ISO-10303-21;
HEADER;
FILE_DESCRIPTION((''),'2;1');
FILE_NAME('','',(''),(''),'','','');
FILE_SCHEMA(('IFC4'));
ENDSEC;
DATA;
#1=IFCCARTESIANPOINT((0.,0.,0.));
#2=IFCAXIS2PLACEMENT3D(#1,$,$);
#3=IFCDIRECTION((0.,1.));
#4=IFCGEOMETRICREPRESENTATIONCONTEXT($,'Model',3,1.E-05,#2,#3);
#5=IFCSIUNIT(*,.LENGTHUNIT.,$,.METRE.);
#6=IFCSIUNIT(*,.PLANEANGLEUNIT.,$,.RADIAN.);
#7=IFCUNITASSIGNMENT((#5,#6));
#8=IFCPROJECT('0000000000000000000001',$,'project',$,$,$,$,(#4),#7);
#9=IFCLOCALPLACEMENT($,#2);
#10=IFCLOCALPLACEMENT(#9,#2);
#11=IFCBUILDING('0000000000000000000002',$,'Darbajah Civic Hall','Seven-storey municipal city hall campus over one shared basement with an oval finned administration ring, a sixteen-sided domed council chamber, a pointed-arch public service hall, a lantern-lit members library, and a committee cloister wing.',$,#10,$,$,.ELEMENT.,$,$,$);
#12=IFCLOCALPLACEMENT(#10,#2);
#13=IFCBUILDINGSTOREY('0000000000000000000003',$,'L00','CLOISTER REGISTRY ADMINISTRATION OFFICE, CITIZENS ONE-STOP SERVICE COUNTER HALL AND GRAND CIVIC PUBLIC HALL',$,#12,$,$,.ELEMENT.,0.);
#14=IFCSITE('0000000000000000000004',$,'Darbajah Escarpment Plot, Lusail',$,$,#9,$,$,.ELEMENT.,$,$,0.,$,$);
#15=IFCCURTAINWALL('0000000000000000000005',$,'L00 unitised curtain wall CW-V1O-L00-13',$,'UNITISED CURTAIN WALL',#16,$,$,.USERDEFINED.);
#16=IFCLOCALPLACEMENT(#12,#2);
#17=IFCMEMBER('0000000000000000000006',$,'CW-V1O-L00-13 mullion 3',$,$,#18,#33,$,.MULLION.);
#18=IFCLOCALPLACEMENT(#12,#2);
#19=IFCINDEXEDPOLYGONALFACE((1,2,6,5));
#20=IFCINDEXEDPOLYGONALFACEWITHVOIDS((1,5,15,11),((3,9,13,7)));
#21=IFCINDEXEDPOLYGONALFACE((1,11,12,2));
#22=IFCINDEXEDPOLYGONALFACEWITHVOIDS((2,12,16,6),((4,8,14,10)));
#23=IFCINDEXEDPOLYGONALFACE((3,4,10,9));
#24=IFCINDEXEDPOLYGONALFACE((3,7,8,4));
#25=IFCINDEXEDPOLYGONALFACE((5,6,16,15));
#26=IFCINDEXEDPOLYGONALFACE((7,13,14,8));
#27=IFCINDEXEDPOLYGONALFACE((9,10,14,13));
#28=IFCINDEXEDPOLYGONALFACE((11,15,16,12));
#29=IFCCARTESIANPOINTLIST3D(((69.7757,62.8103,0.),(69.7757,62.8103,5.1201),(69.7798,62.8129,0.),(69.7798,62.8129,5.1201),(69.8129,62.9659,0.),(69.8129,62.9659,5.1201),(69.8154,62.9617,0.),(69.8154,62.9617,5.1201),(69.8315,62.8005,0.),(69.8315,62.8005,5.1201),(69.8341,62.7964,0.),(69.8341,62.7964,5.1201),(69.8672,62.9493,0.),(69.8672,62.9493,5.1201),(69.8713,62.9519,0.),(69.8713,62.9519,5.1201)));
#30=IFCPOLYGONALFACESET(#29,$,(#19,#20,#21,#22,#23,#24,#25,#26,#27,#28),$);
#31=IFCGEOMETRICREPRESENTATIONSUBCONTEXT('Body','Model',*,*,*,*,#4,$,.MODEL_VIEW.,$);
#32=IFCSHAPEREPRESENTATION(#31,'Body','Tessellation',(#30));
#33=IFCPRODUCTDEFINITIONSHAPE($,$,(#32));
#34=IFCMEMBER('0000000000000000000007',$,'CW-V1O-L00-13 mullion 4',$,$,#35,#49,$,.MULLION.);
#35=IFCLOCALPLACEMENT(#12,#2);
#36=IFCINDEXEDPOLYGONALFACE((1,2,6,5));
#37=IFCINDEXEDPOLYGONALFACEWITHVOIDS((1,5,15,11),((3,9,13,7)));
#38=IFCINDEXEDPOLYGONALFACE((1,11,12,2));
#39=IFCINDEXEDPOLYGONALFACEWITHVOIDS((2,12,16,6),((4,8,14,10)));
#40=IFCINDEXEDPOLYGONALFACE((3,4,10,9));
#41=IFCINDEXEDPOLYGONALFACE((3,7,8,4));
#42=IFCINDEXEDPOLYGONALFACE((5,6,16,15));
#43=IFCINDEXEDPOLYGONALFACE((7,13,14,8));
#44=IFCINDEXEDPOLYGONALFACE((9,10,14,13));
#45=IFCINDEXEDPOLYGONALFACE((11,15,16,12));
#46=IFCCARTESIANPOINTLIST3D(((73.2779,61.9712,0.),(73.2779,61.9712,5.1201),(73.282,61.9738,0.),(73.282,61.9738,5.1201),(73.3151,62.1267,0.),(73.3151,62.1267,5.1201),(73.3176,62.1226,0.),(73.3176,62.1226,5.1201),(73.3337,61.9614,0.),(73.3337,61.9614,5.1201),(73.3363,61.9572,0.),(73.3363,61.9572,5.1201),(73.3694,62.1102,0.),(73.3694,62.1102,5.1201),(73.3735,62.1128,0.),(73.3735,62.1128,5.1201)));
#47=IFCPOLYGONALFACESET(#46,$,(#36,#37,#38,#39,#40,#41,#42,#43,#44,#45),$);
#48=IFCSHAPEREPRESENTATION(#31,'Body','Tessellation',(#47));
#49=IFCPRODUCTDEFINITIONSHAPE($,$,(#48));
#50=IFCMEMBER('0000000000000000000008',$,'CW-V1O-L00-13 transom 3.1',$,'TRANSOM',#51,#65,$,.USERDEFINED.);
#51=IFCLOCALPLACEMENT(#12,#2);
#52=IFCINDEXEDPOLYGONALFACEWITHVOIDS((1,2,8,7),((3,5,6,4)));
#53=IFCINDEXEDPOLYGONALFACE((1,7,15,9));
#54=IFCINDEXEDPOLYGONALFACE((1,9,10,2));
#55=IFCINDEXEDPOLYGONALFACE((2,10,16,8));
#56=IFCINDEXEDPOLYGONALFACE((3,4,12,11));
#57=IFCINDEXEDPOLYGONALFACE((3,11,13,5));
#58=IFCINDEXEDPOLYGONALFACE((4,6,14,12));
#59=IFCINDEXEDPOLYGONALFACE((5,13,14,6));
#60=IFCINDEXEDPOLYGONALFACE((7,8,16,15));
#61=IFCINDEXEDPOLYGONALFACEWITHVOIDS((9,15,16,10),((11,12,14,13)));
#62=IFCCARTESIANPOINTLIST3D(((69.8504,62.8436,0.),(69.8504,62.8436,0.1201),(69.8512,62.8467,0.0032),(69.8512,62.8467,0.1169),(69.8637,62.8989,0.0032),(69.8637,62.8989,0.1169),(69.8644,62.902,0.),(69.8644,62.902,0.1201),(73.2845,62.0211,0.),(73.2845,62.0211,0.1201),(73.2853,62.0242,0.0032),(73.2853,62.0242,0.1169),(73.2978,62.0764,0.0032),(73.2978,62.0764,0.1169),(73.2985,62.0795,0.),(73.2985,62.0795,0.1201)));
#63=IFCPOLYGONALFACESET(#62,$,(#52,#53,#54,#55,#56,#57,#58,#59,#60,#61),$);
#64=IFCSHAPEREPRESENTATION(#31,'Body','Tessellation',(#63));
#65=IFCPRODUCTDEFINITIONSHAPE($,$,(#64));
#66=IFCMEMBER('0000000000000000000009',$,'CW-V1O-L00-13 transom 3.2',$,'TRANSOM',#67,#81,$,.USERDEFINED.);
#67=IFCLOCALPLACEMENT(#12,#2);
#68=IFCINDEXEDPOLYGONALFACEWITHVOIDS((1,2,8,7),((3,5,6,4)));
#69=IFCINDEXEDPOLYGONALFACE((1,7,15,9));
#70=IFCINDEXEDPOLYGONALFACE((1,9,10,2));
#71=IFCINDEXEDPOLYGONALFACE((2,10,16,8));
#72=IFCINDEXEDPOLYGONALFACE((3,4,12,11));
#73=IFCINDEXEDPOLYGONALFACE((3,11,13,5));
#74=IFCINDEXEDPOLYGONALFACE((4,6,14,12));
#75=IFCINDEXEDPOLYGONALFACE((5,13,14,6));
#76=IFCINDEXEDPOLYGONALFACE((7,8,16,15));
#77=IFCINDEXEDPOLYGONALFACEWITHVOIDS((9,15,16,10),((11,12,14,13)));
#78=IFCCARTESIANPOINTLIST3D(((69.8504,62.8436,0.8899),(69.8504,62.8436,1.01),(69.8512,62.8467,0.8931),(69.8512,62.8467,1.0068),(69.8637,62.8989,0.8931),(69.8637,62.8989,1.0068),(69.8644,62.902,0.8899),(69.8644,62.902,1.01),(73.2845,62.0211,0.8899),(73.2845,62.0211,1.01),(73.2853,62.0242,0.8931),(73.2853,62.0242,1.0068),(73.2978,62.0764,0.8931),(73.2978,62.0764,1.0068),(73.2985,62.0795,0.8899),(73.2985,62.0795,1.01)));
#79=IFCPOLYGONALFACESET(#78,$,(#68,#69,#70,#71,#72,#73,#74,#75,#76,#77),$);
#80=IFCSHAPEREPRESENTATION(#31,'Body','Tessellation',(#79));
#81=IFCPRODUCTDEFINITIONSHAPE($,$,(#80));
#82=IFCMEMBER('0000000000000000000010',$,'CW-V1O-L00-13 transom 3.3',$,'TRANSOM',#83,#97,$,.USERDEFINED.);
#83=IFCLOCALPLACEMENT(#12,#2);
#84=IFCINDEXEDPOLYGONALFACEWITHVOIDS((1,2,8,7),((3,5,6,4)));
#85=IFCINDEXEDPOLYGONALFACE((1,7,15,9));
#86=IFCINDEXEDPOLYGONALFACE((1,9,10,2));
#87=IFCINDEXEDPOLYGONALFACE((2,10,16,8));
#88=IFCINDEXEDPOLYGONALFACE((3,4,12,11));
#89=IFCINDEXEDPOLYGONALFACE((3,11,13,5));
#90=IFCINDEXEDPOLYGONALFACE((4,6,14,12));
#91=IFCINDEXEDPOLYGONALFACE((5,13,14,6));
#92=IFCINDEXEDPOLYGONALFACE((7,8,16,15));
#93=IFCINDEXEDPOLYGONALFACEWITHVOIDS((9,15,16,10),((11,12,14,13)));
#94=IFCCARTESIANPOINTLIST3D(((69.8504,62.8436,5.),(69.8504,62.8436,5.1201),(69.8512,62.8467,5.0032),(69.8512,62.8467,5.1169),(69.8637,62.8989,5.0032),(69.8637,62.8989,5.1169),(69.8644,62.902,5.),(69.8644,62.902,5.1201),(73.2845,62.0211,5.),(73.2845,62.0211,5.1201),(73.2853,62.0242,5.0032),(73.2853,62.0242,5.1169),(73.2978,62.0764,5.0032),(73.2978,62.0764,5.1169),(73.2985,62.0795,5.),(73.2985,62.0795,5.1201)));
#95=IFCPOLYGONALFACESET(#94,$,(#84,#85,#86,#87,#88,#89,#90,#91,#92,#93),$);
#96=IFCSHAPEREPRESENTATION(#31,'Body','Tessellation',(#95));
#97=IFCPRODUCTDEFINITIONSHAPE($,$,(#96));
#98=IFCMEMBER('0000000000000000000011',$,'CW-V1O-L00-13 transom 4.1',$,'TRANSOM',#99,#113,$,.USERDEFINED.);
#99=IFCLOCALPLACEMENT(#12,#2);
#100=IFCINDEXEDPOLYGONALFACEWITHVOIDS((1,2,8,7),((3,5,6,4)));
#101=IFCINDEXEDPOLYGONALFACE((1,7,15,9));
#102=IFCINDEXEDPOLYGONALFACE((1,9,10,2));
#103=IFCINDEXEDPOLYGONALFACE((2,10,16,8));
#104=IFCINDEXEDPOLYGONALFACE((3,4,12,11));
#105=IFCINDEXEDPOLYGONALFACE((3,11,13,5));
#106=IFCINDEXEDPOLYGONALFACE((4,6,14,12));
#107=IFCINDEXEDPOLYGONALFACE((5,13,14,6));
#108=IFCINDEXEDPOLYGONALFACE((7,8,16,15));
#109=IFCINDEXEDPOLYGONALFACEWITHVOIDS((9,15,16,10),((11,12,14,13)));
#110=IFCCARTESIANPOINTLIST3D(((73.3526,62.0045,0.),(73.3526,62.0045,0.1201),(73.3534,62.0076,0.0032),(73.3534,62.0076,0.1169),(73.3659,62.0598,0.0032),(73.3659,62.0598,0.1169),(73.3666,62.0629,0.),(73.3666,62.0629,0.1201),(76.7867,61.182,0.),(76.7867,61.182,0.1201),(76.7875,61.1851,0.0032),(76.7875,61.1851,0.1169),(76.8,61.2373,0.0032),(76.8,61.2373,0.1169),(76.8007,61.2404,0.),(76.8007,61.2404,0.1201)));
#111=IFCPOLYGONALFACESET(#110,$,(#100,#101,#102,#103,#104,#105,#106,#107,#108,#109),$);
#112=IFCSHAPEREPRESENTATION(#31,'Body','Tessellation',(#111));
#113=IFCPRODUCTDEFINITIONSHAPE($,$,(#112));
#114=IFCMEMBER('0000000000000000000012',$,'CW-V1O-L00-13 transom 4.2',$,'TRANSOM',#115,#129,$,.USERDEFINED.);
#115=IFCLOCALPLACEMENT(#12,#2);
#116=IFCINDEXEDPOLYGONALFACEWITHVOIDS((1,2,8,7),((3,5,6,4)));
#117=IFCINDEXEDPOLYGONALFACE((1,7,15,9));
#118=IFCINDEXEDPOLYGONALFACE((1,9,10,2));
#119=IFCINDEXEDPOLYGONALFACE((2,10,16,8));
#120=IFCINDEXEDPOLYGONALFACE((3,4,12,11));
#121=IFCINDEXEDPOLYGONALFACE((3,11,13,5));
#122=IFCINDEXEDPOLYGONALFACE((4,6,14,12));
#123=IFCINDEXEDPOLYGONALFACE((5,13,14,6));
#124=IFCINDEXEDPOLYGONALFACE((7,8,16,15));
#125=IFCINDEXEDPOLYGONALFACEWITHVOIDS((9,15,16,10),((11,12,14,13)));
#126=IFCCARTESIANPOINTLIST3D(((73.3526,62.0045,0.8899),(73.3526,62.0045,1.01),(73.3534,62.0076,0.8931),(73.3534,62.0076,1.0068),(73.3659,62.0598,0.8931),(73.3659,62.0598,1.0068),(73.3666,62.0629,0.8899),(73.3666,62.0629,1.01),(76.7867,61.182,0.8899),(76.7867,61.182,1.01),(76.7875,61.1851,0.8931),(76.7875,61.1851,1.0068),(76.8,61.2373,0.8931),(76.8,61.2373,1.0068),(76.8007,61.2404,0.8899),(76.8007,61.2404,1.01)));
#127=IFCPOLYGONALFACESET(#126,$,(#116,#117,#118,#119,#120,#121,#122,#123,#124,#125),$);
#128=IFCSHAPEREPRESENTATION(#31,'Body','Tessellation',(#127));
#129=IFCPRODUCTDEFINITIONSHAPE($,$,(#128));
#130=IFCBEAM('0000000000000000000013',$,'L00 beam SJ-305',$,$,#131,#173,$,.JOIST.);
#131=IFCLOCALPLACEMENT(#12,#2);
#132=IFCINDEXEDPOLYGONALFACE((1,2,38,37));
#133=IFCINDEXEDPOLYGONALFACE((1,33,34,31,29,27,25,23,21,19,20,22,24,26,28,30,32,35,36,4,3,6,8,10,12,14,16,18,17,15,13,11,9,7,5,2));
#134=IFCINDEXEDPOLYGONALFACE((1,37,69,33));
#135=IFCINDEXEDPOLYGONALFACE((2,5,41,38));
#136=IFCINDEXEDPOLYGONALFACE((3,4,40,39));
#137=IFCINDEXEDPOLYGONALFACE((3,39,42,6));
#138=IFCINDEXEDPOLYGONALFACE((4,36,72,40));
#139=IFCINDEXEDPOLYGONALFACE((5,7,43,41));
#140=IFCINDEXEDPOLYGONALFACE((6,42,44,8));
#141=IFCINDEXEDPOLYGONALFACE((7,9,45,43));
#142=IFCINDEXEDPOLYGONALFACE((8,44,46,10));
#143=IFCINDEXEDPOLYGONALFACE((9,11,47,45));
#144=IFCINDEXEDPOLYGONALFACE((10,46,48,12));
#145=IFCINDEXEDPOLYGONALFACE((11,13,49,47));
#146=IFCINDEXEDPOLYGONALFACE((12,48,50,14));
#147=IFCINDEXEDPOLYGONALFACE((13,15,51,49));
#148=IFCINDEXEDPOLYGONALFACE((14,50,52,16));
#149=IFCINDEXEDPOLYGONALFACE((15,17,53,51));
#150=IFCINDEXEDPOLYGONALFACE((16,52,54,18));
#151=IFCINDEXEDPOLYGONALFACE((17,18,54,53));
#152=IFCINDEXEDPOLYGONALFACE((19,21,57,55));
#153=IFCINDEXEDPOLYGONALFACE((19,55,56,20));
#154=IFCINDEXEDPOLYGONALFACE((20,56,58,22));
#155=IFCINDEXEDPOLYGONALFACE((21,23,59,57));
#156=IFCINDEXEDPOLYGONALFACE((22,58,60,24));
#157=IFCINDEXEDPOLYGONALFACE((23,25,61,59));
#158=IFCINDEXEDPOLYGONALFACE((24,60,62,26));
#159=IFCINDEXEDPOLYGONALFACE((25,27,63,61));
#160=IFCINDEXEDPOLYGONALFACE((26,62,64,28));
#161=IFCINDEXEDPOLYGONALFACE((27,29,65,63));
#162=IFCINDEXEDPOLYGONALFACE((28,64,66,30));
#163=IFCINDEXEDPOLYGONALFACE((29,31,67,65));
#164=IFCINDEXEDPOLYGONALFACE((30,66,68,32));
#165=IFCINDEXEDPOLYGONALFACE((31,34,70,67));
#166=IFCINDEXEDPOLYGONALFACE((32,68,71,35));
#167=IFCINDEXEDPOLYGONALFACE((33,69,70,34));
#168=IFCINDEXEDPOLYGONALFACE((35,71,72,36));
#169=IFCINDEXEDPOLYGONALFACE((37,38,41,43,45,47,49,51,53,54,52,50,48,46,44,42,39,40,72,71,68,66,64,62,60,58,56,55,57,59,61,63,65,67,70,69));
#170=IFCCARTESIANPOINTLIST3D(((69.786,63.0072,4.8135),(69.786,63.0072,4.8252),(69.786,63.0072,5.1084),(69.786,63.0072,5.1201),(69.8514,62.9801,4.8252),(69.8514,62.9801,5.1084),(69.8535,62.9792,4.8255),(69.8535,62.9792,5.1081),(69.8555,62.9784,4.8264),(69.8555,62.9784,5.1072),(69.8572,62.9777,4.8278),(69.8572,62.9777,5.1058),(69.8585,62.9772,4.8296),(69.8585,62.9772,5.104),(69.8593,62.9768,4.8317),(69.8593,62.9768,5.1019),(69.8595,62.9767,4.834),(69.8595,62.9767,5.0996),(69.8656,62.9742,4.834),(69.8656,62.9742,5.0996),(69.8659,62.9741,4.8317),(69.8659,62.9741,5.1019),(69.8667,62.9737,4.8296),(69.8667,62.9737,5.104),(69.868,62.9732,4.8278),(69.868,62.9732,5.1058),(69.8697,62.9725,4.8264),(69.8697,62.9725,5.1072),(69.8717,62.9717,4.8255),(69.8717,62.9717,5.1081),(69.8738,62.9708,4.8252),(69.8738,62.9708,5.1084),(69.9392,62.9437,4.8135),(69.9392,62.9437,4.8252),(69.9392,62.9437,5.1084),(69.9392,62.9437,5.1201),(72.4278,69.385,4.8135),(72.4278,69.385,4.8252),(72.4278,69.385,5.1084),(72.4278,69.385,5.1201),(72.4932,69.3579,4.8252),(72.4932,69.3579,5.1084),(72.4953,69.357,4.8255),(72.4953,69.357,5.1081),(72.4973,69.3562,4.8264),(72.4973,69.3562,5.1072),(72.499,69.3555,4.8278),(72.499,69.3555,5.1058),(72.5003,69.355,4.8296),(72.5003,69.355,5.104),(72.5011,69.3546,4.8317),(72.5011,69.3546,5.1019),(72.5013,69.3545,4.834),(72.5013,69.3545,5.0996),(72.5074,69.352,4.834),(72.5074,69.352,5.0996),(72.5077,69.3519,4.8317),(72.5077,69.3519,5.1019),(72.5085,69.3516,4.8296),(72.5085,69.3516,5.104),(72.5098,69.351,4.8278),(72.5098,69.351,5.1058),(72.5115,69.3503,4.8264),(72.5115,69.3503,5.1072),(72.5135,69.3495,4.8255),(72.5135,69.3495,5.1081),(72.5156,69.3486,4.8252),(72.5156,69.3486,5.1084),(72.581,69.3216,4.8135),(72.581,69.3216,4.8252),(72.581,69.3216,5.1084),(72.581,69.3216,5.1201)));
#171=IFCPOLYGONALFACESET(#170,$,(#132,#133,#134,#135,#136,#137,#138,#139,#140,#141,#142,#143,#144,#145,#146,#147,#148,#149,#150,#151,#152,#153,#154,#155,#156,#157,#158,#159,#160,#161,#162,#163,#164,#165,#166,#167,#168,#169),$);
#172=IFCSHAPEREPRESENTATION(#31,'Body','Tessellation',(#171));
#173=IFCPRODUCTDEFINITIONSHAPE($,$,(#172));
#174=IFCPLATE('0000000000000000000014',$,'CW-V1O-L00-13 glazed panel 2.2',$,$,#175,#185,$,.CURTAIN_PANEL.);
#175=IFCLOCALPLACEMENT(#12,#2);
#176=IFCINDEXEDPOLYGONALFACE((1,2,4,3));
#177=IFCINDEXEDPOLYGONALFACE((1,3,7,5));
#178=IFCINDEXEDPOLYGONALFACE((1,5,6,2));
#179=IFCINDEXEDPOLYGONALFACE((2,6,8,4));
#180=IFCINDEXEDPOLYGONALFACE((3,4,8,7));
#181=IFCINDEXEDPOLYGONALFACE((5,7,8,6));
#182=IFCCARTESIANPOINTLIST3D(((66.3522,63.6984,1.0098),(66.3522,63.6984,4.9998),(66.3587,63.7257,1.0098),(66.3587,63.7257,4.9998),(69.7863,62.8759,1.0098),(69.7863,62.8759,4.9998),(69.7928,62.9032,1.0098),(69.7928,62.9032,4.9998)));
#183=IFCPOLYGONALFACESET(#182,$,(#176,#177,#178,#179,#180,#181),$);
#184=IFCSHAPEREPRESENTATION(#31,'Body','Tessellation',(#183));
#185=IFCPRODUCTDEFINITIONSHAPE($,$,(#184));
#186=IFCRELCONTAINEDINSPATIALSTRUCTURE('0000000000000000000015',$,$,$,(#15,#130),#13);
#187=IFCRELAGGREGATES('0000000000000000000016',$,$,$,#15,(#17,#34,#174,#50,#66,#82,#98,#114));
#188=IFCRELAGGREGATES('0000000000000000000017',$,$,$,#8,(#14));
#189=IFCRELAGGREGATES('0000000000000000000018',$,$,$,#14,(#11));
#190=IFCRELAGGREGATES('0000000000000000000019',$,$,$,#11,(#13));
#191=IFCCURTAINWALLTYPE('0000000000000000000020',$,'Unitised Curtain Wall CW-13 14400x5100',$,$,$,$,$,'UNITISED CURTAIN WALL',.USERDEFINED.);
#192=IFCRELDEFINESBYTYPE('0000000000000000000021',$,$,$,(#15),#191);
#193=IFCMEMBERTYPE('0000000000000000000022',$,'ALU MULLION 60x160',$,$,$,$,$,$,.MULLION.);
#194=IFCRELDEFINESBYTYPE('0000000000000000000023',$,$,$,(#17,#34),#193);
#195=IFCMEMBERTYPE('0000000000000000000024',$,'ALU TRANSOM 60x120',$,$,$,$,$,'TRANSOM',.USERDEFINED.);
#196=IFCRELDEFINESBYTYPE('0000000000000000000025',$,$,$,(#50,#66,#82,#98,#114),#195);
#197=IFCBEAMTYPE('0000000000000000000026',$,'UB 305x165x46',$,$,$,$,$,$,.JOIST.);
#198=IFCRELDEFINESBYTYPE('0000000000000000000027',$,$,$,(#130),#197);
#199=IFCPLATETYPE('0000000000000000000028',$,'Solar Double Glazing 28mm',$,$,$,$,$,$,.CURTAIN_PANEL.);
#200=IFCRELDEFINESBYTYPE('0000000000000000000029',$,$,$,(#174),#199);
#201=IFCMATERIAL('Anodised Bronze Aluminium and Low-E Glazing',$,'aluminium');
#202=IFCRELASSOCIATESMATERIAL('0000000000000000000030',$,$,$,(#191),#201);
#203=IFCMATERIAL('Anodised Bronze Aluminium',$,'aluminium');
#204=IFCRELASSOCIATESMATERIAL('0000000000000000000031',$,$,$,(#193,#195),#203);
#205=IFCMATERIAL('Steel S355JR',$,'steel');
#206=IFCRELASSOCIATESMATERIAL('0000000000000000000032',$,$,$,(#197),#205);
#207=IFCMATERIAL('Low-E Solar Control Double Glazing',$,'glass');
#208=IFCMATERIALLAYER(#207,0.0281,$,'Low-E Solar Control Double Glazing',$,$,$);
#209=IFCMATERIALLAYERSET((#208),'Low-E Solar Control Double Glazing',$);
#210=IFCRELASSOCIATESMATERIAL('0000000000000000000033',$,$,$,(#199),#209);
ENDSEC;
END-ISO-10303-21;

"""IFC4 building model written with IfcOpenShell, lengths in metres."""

from ifc_helpers import new_model, si_unit, direction, frame, origin, origin_2d, place, context, subcontext, project, spatial, rectangle, hollow_rectangle, i_section, extrude, material, layer, layer_set, material_profile, profile_set, type_object, element, aggregate, save


model = new_model("IFC4")

# Units and contexts
model_context = context("Model", 3, precision=1e-05, world=origin(), true_north=direction((0.0, 1.0)))
body_context = subcontext(model_context, "Body", "Model", "MODEL_VIEW")
ifc_project = project(units=[si_unit("LENGTHUNIT", "METRE"), si_unit("PLANEANGLEUNIT", "RADIAN")], contexts=[model_context])

# Site, building, storey
site_placement = place(None, origin())
site = spatial("IfcSite", under=ifc_project, at=site_placement, Name="Darbajah Escarpment Plot, Lusail", CompositionType="ELEMENT", RefElevation=0.0)
building_placement = place(site_placement, origin())
building = spatial("IfcBuilding", under=site, at=building_placement, Name="Darbajah Civic Hall", Description="Seven-storey municipal city hall campus over one shared basement with an oval finned administration ring, a sixteen-sided domed council chamber, a pointed-arch public service hall, a lantern-lit members library, and a committee cloister wing.", CompositionType="ELEMENT")
storey_placement = place(building_placement, origin())
storey = spatial("IfcBuildingStorey", under=building, at=storey_placement, Name="L00", Description="CLOISTER REGISTRY ADMINISTRATION OFFICE, CITIZENS ONE-STOP SERVICE COUNTER HALL AND GRAND CIVIC PUBLIC HALL", CompositionType="ELEMENT", Elevation=0.0)

# Curtain wall, members
ifc_material_1 = material(Name="Anodised Bronze Aluminium and Low-E Glazing", Category="aluminium")
curtain_wall_type = type_object("IfcCurtainWallType", Name="Unitised Curtain Wall CW-13 14400x5100", ElementType="UNITISED CURTAIN WALL", PredefinedType="USERDEFINED", material=ifc_material_1)
curtain_wall_placement = place(storey_placement, origin())
curtain_wall = element("IfcCurtainWall", 1, at=curtain_wall_placement, inside=storey, type_object=curtain_wall_type, Name="L00 unitised curtain wall CW-V1O-L00-13", ObjectType="UNITISED CURTAIN WALL", PredefinedType="USERDEFINED")
ifc_material_2 = material(Name="Anodised Bronze Aluminium", Category="aluminium")
ifc_material_profile_1 = material_profile(ifc_material_2, hollow_rectangle(XDim=0.0601, YDim=0.1599, WallThickness=0.0034, at=origin_2d()), Name="ALU MULLION 60x160")
ifc_profile_set_1 = profile_set([ifc_material_profile_1], Name="Anodised Bronze Aluminium")
member_type_1 = type_object("IfcMemberType", Name="ALU MULLION 60x160", PredefinedType="MULLION", material=ifc_profile_set_1)
member_1_placement = place(storey_placement, frame((69.8235, 62.8811, 0.0), z_axis=(0.0, 0.0, 1.0), x_axis=(0.972492, -0.232936, 0.0)))
member_1 = element("IfcMember", 2, at=member_1_placement, type_object=member_type_1, Name="CW-V1O-L00-13 mullion 3", PredefinedType="MULLION", context=body_context, shape_type="SweptSolid", body=[
    extrude(hollow_rectangle(XDim=0.0601, YDim=0.1599, WallThickness=0.0034, at=origin_2d()), origin(), (0.0, 0.0, 1.0), 5.1201),
])
member_2_placement = place(storey_placement, frame((73.3257, 62.042, 0.0), z_axis=(0.0, 0.0, 1.0), x_axis=(0.972492, -0.232936, 0.0)))
member_2 = element("IfcMember", 3, at=member_2_placement, type_object=member_type_1, Name="CW-V1O-L00-13 mullion 4", PredefinedType="MULLION", context=body_context, shape_type="SweptSolid", body=[
    extrude(hollow_rectangle(XDim=0.0601, YDim=0.1599, WallThickness=0.0034, at=origin_2d()), origin(), (0.0, 0.0, 1.0), 5.1201),
])
ifc_material_profile_2 = material_profile(ifc_material_2, hollow_rectangle(XDim=0.0601, YDim=0.1201, WallThickness=0.0032, at=origin_2d()), Name="ALU TRANSOM 60x120")
ifc_profile_set_2 = profile_set([ifc_material_profile_2], Name="Anodised Bronze Aluminium")
member_type_2 = type_object("IfcMemberType", Name="ALU TRANSOM 60x120", ElementType="TRANSOM", PredefinedType="USERDEFINED", material=ifc_profile_set_2)
member_3_placement = place(storey_placement, frame((69.8574, 62.8728, 0.0601), z_axis=(0.972495, -0.232926, 0.0), x_axis=(0.232926, 0.972495, 0.0)))
member_3 = element("IfcMember", 4, at=member_3_placement, type_object=member_type_2, Name="CW-V1O-L00-13 transom 3.1", ObjectType="TRANSOM", PredefinedType="USERDEFINED", context=body_context, shape_type="SweptSolid", body=[
    extrude(hollow_rectangle(XDim=0.0601, YDim=0.1201, WallThickness=0.0032, at=origin_2d()), origin(), (0.0, 0.0, 1.0), 3.5312),
])
member_4_placement = place(storey_placement, frame((69.8574, 62.8728, 0.95), z_axis=(0.972495, -0.232926, 0.0), x_axis=(0.232926, 0.972495, 0.0)))
member_4 = element("IfcMember", 5, at=member_4_placement, type_object=member_type_2, Name="CW-V1O-L00-13 transom 3.2", ObjectType="TRANSOM", PredefinedType="USERDEFINED", context=body_context, shape_type="SweptSolid", body=[
    extrude(hollow_rectangle(XDim=0.0601, YDim=0.1201, WallThickness=0.0032, at=origin_2d()), origin(), (0.0, 0.0, 1.0), 3.5312),
])
member_5_placement = place(storey_placement, frame((69.8574, 62.8728, 5.0601), z_axis=(0.972495, -0.232926, 0.0), x_axis=(0.232926, 0.972495, 0.0)))
member_5 = element("IfcMember", 6, at=member_5_placement, type_object=member_type_2, Name="CW-V1O-L00-13 transom 3.3", ObjectType="TRANSOM", PredefinedType="USERDEFINED", context=body_context, shape_type="SweptSolid", body=[
    extrude(hollow_rectangle(XDim=0.0601, YDim=0.1201, WallThickness=0.0032, at=origin_2d()), origin(), (0.0, 0.0, 1.0), 3.5312),
])
member_6_placement = place(storey_placement, frame((73.3596, 62.0337, 0.0601), z_axis=(0.972495, -0.232926, 0.0), x_axis=(0.232926, 0.972495, 0.0)))
member_6 = element("IfcMember", 7, at=member_6_placement, type_object=member_type_2, Name="CW-V1O-L00-13 transom 4.1", ObjectType="TRANSOM", PredefinedType="USERDEFINED", context=body_context, shape_type="SweptSolid", body=[
    extrude(hollow_rectangle(XDim=0.0601, YDim=0.1201, WallThickness=0.0032, at=origin_2d()), origin(), (0.0, 0.0, 1.0), 3.5312),
])
member_7_placement = place(storey_placement, frame((73.3596, 62.0337, 0.95), z_axis=(0.972495, -0.232926, 0.0), x_axis=(0.232926, 0.972495, 0.0)))
member_7 = element("IfcMember", 8, at=member_7_placement, type_object=member_type_2, Name="CW-V1O-L00-13 transom 4.2", ObjectType="TRANSOM", PredefinedType="USERDEFINED", context=body_context, shape_type="SweptSolid", body=[
    extrude(hollow_rectangle(XDim=0.0601, YDim=0.1201, WallThickness=0.0032, at=origin_2d()), origin(), (0.0, 0.0, 1.0), 3.5312),
])

# Beam
ifc_material_3 = material(Name="Steel S355JR", Category="steel")
ifc_material_profile_3 = material_profile(ifc_material_3, i_section(OverallWidth=0.1658, OverallDepth=0.3066, WebThickness=0.0066, FlangeThickness=0.0117, FilletRadius=0.0088, at=origin_2d()), Name="UB 305x165x46")
ifc_profile_set_3 = profile_set([ifc_material_profile_3], Name="Steel S355JR")
beam_type = type_object("IfcBeamType", Name="UB 305x165x46", PredefinedType="JOIST", material=ifc_profile_set_3)
beam_placement = place(storey_placement, frame((72.5044, 69.3533, 4.9668), z_axis=(-0.382686, -0.923878, 0.0), x_axis=(0.923878, -0.382686, 0.0)))
element("IfcBeam", 9, at=beam_placement, inside=storey, type_object=beam_type, Name="L00 beam SJ-305", PredefinedType="JOIST", context=body_context, shape_type="SweptSolid", body=[
    extrude(i_section(OverallWidth=0.1658, OverallDepth=0.3066, WebThickness=0.0066, FlangeThickness=0.0117, FilletRadius=0.0088, at=origin_2d()), origin(), (0.0, 0.0, 1.0), 6.9033),
])

# Plate
ifc_material_4 = material(Name="Low-E Solar Control Double Glazing", Category="glass")
ifc_layer = layer(ifc_material_4, 0.0281, Name="Low-E Solar Control Double Glazing")
ifc_layer_set = layer_set([ifc_layer], Name="Low-E Solar Control Double Glazing")
plate_type = type_object("IfcPlateType", Name="Solar Double Glazing 28mm", PredefinedType="CURTAIN_PANEL", material=ifc_layer_set)
plate_1_placement = place(storey_placement, frame((68.0725, 63.3008, 1.0098), z_axis=(0.0, 0.0, 1.0), x_axis=(0.972492, -0.232936, 0.0)))
plate_1 = element("IfcPlate", 10, at=plate_1_placement, type_object=plate_type, Name="CW-V1O-L00-13 glazed panel 2.2", PredefinedType="CURTAIN_PANEL", context=body_context, shape_type="SweptSolid", body=[
    extrude(rectangle(XDim=3.5312, YDim=0.0281, at=origin_2d()), origin(), (0.0, 0.0, 1.0), 3.99),
])
aggregate(curtain_wall, [member_1, member_2, plate_1, member_3, member_4, member_5, member_6, member_7])

save(model, "model.ifc")
